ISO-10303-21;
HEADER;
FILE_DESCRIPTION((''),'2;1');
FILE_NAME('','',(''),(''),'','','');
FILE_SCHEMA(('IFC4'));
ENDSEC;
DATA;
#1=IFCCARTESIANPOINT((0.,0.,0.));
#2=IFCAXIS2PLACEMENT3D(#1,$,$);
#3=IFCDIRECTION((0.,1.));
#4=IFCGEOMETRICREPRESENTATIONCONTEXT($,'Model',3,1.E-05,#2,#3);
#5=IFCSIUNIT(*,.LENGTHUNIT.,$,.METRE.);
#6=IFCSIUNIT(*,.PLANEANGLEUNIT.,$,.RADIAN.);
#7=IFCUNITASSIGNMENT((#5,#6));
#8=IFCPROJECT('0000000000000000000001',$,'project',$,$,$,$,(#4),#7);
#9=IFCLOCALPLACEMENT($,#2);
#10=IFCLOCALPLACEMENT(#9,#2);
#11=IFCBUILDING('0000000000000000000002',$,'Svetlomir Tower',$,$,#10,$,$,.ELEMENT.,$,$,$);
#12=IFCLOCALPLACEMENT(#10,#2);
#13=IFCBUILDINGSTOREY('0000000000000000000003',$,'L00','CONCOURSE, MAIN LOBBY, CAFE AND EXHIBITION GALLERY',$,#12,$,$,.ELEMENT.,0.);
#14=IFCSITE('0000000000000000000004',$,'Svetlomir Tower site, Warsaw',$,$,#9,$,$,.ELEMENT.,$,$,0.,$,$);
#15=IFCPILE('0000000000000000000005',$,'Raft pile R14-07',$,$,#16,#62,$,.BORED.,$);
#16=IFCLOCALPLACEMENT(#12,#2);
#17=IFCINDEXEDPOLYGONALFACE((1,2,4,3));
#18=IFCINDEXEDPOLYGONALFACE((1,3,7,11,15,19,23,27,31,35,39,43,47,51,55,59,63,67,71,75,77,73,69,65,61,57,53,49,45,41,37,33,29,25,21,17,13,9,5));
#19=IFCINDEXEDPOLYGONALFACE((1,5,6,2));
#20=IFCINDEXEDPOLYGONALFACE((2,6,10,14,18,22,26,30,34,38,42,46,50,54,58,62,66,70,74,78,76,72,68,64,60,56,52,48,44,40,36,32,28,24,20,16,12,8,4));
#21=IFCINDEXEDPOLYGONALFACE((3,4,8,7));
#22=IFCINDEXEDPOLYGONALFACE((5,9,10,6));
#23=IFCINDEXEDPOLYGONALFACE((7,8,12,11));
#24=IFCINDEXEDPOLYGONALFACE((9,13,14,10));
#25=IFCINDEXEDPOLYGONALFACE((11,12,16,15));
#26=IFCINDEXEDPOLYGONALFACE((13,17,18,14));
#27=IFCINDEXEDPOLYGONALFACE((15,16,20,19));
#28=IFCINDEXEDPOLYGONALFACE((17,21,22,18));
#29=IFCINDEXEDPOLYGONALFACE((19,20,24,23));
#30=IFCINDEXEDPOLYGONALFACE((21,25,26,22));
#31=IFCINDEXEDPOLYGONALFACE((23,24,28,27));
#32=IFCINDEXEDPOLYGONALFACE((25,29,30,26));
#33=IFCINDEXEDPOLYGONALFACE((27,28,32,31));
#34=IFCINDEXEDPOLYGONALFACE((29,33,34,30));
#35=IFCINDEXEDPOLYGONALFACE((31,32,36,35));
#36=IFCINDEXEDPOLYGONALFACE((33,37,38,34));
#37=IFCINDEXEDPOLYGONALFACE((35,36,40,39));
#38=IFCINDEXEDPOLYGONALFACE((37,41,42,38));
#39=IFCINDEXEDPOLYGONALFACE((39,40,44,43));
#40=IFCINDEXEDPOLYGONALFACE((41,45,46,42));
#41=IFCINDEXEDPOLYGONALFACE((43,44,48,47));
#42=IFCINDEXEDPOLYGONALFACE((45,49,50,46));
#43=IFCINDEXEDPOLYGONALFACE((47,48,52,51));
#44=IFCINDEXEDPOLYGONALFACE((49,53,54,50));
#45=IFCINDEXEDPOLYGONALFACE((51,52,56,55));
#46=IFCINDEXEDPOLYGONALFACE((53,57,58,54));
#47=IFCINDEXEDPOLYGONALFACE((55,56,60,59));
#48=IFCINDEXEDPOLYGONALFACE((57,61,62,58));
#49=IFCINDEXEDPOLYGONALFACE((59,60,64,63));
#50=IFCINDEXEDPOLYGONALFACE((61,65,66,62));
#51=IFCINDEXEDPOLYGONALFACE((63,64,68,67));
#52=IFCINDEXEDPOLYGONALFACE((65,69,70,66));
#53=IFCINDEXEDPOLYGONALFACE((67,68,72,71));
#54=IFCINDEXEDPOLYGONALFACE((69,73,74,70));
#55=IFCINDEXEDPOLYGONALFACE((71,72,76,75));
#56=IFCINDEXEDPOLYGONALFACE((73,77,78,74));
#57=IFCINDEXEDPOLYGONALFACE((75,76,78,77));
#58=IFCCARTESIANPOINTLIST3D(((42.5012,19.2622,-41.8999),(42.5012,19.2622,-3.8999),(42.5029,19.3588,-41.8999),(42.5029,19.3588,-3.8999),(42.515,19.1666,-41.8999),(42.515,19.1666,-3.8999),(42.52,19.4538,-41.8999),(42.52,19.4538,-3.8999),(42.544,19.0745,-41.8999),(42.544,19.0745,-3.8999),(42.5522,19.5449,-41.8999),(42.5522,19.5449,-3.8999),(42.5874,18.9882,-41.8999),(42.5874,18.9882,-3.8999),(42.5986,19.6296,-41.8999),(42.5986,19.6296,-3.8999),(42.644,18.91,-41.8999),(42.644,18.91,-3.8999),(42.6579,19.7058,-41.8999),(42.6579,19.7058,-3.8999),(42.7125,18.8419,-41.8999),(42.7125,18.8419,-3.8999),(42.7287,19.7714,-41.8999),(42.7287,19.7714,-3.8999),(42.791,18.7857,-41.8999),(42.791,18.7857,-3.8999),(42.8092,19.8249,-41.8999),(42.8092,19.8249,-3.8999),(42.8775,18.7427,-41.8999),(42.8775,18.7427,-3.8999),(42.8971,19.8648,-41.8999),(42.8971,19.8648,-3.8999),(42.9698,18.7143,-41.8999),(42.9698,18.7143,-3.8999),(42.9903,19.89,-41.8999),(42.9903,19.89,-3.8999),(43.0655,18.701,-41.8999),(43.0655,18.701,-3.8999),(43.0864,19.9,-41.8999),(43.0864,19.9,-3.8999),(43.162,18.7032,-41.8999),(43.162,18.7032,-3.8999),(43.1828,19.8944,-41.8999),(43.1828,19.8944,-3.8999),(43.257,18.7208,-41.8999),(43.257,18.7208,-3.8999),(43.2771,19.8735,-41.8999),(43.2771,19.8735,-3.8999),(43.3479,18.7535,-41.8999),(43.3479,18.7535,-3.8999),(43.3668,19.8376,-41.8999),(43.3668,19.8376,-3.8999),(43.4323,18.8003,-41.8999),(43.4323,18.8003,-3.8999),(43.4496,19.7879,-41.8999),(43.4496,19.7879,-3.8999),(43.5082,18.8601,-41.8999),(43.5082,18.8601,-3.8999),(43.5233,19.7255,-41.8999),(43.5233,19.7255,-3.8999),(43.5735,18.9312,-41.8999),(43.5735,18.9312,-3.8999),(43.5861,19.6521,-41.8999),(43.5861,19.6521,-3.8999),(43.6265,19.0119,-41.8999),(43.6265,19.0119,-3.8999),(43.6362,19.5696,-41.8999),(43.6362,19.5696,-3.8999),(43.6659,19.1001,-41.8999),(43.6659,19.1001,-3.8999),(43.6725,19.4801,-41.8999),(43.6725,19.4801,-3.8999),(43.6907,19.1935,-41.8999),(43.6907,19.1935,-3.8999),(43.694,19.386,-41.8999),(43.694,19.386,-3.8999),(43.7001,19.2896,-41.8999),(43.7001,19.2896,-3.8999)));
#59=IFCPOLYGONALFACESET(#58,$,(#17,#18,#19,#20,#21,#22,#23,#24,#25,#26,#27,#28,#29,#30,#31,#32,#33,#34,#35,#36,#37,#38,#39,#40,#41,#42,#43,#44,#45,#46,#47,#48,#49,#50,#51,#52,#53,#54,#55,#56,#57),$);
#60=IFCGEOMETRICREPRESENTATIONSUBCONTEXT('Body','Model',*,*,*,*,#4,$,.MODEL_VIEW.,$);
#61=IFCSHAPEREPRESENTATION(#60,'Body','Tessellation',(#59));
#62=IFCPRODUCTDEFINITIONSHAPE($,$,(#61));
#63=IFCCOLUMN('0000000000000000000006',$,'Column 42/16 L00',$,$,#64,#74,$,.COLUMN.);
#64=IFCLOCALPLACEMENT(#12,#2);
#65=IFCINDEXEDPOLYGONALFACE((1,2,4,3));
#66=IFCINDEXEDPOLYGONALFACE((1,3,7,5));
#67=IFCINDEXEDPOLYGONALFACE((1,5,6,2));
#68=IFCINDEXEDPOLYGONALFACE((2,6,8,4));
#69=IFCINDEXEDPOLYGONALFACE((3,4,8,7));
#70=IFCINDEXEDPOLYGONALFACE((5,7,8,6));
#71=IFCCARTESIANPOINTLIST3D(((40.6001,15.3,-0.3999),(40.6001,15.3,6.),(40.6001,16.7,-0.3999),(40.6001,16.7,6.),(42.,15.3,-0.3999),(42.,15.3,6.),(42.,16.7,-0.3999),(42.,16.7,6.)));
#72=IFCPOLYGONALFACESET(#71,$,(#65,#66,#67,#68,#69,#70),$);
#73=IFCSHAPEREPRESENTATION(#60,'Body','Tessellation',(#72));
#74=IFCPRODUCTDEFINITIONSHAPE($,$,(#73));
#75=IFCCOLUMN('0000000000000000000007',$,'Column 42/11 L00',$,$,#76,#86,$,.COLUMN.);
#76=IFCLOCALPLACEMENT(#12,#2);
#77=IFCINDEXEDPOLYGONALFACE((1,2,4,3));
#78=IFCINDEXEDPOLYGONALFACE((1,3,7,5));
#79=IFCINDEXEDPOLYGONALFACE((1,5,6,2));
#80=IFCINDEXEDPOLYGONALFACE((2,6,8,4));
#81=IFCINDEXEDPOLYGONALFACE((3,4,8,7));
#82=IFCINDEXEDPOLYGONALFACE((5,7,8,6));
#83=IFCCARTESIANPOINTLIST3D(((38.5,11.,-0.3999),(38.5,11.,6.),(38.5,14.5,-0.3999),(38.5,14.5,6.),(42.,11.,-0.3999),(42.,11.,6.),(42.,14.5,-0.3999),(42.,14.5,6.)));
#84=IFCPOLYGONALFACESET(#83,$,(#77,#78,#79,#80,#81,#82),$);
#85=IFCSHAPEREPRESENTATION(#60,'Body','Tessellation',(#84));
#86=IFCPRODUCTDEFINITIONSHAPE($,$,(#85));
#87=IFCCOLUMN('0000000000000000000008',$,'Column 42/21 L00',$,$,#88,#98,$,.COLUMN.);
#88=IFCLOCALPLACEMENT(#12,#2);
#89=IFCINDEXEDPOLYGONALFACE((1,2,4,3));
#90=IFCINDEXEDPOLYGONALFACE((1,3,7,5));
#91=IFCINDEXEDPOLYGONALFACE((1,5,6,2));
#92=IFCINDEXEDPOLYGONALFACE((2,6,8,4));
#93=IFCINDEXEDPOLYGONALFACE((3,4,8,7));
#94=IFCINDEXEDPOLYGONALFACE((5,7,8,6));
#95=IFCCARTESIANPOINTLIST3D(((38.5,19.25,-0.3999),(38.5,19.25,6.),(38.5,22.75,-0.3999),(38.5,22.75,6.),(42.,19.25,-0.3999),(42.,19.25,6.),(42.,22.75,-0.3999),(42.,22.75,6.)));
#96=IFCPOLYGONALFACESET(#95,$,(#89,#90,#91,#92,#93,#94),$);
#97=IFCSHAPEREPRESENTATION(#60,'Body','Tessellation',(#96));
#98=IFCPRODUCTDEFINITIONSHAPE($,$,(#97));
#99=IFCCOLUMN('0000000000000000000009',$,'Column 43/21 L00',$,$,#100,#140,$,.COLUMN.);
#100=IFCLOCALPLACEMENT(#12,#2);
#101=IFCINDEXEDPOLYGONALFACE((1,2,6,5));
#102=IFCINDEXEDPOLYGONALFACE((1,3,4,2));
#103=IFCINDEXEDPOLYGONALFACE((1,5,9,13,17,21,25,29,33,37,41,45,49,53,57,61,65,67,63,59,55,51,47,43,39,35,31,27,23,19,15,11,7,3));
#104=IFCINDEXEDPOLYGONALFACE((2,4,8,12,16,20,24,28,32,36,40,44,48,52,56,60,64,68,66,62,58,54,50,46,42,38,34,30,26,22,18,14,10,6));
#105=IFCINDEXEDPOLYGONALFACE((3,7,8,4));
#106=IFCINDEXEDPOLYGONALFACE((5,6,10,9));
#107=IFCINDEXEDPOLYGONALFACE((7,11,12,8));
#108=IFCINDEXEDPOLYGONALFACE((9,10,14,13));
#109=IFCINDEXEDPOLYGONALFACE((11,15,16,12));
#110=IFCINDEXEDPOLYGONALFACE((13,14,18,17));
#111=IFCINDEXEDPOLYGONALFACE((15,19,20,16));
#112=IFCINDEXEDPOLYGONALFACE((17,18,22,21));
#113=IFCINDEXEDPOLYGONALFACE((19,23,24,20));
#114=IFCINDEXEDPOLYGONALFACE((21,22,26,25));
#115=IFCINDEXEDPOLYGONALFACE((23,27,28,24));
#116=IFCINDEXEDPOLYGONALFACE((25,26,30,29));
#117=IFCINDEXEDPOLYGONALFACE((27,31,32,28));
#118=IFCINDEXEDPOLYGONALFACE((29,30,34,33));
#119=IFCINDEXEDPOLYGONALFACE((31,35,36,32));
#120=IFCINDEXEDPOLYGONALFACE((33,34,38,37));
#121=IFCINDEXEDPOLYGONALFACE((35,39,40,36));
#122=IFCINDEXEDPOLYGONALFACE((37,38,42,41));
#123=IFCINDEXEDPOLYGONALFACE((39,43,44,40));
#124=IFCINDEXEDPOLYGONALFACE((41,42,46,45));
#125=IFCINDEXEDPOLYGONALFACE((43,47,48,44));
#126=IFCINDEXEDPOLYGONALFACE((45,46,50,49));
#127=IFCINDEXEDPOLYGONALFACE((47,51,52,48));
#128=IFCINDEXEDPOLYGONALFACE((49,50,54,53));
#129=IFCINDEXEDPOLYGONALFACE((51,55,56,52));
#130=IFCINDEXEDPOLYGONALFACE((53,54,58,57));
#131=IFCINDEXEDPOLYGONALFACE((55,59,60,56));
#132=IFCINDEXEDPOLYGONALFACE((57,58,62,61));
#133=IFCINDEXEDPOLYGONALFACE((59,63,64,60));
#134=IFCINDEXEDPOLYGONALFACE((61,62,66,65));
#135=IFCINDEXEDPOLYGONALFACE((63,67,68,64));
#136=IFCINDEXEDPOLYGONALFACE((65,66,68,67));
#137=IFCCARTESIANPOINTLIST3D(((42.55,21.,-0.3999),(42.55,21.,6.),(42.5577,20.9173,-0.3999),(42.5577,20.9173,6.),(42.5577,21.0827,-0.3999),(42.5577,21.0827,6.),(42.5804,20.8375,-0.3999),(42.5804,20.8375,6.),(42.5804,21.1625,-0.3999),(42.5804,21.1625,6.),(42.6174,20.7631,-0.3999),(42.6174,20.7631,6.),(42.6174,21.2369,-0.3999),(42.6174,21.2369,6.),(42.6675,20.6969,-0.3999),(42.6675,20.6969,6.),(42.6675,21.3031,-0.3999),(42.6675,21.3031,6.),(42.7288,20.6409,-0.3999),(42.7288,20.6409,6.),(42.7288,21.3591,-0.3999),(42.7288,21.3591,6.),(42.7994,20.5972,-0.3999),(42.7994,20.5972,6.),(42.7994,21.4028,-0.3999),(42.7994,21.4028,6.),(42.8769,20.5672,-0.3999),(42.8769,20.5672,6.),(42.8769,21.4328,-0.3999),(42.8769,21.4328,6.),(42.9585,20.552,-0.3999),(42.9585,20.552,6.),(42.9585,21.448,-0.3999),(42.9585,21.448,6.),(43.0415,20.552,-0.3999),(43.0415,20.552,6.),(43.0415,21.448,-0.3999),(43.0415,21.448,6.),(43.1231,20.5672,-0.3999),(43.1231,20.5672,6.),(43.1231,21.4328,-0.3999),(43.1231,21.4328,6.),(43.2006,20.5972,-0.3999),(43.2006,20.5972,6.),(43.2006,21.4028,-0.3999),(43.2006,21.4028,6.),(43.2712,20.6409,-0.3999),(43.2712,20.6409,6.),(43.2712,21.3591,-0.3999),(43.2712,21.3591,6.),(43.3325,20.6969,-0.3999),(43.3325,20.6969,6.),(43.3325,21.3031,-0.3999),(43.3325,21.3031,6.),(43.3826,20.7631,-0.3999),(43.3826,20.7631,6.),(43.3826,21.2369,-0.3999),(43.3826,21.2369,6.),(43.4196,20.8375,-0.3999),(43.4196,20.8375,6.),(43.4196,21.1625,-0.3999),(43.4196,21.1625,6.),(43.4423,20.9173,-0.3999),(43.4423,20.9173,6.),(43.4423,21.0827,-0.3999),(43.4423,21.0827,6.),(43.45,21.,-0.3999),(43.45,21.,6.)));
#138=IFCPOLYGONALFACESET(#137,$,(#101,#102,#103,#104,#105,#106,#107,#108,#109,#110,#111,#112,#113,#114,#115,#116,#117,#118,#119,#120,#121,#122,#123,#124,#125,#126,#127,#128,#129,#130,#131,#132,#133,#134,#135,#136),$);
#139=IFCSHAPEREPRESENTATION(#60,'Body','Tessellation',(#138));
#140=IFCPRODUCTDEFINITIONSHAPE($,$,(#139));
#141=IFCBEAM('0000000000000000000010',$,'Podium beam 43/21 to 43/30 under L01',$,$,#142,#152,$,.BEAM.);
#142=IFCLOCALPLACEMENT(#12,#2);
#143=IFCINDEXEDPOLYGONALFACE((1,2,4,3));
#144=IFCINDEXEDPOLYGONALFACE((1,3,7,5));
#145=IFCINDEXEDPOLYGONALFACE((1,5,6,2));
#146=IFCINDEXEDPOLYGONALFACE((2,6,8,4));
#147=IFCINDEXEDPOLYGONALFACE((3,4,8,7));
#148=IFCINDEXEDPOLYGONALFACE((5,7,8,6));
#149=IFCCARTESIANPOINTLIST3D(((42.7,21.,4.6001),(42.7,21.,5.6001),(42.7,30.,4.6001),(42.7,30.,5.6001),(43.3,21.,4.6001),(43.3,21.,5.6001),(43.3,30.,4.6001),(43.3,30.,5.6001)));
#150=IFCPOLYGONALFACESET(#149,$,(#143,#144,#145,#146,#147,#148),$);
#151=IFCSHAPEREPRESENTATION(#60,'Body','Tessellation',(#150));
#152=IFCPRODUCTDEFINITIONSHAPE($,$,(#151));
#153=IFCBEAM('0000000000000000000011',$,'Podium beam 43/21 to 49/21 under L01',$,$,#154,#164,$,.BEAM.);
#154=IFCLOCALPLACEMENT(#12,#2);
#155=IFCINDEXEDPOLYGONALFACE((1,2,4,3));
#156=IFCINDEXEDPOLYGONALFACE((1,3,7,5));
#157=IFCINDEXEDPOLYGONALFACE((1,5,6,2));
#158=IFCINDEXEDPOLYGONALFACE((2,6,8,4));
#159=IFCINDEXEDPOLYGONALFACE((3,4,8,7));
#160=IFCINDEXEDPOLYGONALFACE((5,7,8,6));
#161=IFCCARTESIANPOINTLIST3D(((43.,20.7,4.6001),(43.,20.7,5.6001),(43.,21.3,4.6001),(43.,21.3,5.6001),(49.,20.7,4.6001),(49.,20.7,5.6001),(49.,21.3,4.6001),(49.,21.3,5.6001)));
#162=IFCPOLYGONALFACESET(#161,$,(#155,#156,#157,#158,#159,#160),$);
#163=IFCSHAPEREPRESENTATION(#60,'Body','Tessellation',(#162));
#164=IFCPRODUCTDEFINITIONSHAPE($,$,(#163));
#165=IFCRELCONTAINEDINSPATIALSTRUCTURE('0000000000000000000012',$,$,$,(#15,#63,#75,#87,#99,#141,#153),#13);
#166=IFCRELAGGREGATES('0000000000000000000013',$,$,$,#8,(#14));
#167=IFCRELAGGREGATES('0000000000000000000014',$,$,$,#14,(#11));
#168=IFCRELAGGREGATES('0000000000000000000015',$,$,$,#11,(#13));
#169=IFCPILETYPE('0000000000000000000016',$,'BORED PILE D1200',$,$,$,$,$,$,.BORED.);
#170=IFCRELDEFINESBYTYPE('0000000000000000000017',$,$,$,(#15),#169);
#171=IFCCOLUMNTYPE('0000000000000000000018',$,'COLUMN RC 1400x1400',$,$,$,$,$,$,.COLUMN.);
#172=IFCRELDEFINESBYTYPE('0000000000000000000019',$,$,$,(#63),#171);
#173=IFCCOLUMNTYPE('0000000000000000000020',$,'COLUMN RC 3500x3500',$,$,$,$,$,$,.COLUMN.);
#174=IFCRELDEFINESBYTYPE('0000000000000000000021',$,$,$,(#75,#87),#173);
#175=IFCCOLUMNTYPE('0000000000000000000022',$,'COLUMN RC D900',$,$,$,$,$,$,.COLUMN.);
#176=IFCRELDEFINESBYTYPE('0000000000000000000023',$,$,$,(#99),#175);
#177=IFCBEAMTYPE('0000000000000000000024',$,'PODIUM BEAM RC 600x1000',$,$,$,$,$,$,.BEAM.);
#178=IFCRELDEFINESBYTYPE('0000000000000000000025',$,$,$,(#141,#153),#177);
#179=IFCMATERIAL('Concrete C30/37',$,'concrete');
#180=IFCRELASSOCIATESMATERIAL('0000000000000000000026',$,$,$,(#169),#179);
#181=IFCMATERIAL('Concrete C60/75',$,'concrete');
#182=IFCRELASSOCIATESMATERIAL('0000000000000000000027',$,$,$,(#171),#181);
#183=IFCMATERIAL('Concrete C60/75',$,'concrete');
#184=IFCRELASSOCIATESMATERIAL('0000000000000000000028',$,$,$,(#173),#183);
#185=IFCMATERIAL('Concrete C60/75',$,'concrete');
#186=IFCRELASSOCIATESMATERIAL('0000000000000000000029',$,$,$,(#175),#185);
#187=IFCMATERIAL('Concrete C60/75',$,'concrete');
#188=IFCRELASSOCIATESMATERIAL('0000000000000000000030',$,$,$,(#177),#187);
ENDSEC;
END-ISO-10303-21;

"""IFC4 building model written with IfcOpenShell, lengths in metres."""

from ifc_helpers import new_model, si_unit, direction, frame, frame_2d, origin, origin_2d, place, context, subcontext, project, spatial, rectangle, circle, extrude, material, material_profile, profile_set, type_object, element, save


model = new_model("IFC4")

# Units and contexts
model_context = context("Model", 3, precision=1e-05, world=origin(), true_north=direction((0.0, 1.0)))
body_context = subcontext(model_context, "Body", "Model", "MODEL_VIEW")
ifc_project = project(units=[si_unit("LENGTHUNIT", "METRE"), si_unit("PLANEANGLEUNIT", "RADIAN")], contexts=[model_context])

# Site, building, storey
site_placement = place(None, origin())
site = spatial("IfcSite", under=ifc_project, at=site_placement, Name="Svetlomir Tower site, Warsaw", CompositionType="ELEMENT", RefElevation=0.0)
building_placement = place(site_placement, origin())
building = spatial("IfcBuilding", under=site, at=building_placement, Name="Svetlomir Tower", CompositionType="ELEMENT")
storey_placement = place(building_placement, origin())
storey = spatial("IfcBuildingStorey", under=building, at=storey_placement, Name="L00", Description="CONCOURSE, MAIN LOBBY, CAFE AND EXHIBITION GALLERY", CompositionType="ELEMENT", Elevation=0.0)

# Pile
ifc_material_1 = material(Name="Concrete C30/37", Category="concrete")
ifc_material_profile_1 = material_profile(ifc_material_1, circle(Radius=0.6001, at=origin_2d()), Name="D1200")
ifc_profile_set_1 = profile_set([ifc_material_profile_1], Name="Concrete C30/37")
pile_type = type_object("IfcPileType", Name="BORED PILE D1200", PredefinedType="BORED", material=ifc_profile_set_1)
for number, where, z_axis, x_axis, name in (
    (1, (43.1001, 19.3, -3.8999), (0.0, 0.0, -1.0), (1.0, 0.0, 0.0), "Raft pile R14-07"),
):
    element("IfcPile", number, at=place(storey_placement, frame(where, z_axis=z_axis, x_axis=x_axis)), inside=storey, type_object=pile_type, Name=name, PredefinedType="BORED", context=body_context, shape_type="SweptSolid", body=[
        extrude(circle(Radius=0.6001, at=frame_2d((0.0, 0.0), x_axis=(0.999848, 0.017452))), origin(), (0.0, 0.0, 1.0), 38.0),
    ])

# Columns
ifc_material_2 = material(Name="Concrete C60/75", Category="concrete")
ifc_material_profile_2 = material_profile(ifc_material_2, rectangle(XDim=1.3999, YDim=1.3999, at=origin_2d()), Name="RC 1400x1400")
ifc_profile_set_2 = profile_set([ifc_material_profile_2], Name="Concrete C60/75")
column_type_1 = type_object("IfcColumnType", Name="COLUMN RC 1400x1400", PredefinedType="COLUMN", material=ifc_profile_set_2)
column_1_placement = place(storey_placement, frame((41.3, 16.0, -0.3999), z_axis=(0.0, 0.0, 1.0), x_axis=(1.0, 0.0, 0.0)))
element("IfcColumn", 2, at=column_1_placement, inside=storey, type_object=column_type_1, Name="Column 42/16 L00", PredefinedType="COLUMN", context=body_context, shape_type="SweptSolid", body=[
    extrude(rectangle(XDim=1.3999, YDim=1.3999, at=origin_2d()), origin(), (0.0, 0.0, 1.0), 6.3999),
])
ifc_material_3 = material(Name="Concrete C60/75", Category="concrete")
ifc_material_profile_3 = material_profile(ifc_material_3, rectangle(XDim=3.5, YDim=3.5, at=origin_2d()), Name="RC 3500x3500")
ifc_profile_set_3 = profile_set([ifc_material_profile_3], Name="Concrete C60/75")
column_type_2 = type_object("IfcColumnType", Name="COLUMN RC 3500x3500", PredefinedType="COLUMN", material=ifc_profile_set_3)
for number, where, z_axis, x_axis, name in (
    (3, (40.25, 12.75, -0.3999), (0.0, 0.0, 1.0), (1.0, 0.0, 0.0), "Column 42/11 L00"),
    (4, (40.25, 21.0, -0.3999), (0.0, 0.0, 1.0), (1.0, 0.0, 0.0), "Column 42/21 L00"),
):
    element("IfcColumn", number, at=place(storey_placement, frame(where, z_axis=z_axis, x_axis=x_axis)), inside=storey, type_object=column_type_2, Name=name, PredefinedType="COLUMN", context=body_context, shape_type="SweptSolid", body=[
        extrude(rectangle(XDim=3.5, YDim=3.5, at=origin_2d()), origin(), (0.0, 0.0, 1.0), 6.3999),
    ])
ifc_material_4 = material(Name="Concrete C60/75", Category="concrete")
ifc_material_profile_4 = material_profile(ifc_material_4, circle(Radius=0.45, at=origin_2d()), Name="RC D900")
ifc_profile_set_4 = profile_set([ifc_material_profile_4], Name="Concrete C60/75")
column_type_3 = type_object("IfcColumnType", Name="COLUMN RC D900", PredefinedType="COLUMN", material=ifc_profile_set_4)
column_2_placement = place(storey_placement, frame((43.0, 21.0, -0.3999), z_axis=(0.0, 0.0, 1.0), x_axis=(1.0, 0.0, 0.0)))
element("IfcColumn", 5, at=column_2_placement, inside=storey, type_object=column_type_3, Name="Column 43/21 L00", PredefinedType="COLUMN", context=body_context, shape_type="SweptSolid", body=[
    extrude(circle(Radius=0.45, at=origin_2d()), origin(), (0.0, 0.0, 1.0), 6.3999),
])

# Beams
ifc_material_5 = material(Name="Concrete C60/75", Category="concrete")
ifc_material_profile_5 = material_profile(ifc_material_5, rectangle(XDim=0.6001, YDim=1.0, at=origin_2d()), Name="RC 600x1000")
ifc_profile_set_5 = profile_set([ifc_material_profile_5], Name="Concrete C60/75")
beam_type_1 = type_object("IfcBeamType", Name="PODIUM BEAM RC 600x1000", PredefinedType="BEAM", material=ifc_profile_set_5)
beam_1_placement = place(storey_placement, frame((43.0, 21.0, 5.1001), z_axis=(0.0, 1.0, 0.0), x_axis=(-1.0, 0.0, 0.0)))
element("IfcBeam", 6, at=beam_1_placement, inside=storey, type_object=beam_type_1, Name="Podium beam 43/21 to 43/30 under L01", PredefinedType="BEAM", context=body_context, shape_type="SweptSolid", body=[
    extrude(rectangle(XDim=0.6001, YDim=1.0, at=origin_2d()), origin(), (0.0, 0.0, 1.0), 9.0),
])
beam_2_placement = place(storey_placement, frame((43.0, 21.0, 5.1001), z_axis=(1.0, 0.0, 0.0), x_axis=(0.0, 1.0, 0.0)))
element("IfcBeam", 7, at=beam_2_placement, inside=storey, type_object=beam_type_1, Name="Podium beam 43/21 to 49/21 under L01", PredefinedType="BEAM", context=body_context, shape_type="SweptSolid", body=[
    extrude(rectangle(XDim=0.6001, YDim=1.0, at=origin_2d()), origin(), (0.0, 0.0, 1.0), 6.0),
])

save(model, "model.ifc")
